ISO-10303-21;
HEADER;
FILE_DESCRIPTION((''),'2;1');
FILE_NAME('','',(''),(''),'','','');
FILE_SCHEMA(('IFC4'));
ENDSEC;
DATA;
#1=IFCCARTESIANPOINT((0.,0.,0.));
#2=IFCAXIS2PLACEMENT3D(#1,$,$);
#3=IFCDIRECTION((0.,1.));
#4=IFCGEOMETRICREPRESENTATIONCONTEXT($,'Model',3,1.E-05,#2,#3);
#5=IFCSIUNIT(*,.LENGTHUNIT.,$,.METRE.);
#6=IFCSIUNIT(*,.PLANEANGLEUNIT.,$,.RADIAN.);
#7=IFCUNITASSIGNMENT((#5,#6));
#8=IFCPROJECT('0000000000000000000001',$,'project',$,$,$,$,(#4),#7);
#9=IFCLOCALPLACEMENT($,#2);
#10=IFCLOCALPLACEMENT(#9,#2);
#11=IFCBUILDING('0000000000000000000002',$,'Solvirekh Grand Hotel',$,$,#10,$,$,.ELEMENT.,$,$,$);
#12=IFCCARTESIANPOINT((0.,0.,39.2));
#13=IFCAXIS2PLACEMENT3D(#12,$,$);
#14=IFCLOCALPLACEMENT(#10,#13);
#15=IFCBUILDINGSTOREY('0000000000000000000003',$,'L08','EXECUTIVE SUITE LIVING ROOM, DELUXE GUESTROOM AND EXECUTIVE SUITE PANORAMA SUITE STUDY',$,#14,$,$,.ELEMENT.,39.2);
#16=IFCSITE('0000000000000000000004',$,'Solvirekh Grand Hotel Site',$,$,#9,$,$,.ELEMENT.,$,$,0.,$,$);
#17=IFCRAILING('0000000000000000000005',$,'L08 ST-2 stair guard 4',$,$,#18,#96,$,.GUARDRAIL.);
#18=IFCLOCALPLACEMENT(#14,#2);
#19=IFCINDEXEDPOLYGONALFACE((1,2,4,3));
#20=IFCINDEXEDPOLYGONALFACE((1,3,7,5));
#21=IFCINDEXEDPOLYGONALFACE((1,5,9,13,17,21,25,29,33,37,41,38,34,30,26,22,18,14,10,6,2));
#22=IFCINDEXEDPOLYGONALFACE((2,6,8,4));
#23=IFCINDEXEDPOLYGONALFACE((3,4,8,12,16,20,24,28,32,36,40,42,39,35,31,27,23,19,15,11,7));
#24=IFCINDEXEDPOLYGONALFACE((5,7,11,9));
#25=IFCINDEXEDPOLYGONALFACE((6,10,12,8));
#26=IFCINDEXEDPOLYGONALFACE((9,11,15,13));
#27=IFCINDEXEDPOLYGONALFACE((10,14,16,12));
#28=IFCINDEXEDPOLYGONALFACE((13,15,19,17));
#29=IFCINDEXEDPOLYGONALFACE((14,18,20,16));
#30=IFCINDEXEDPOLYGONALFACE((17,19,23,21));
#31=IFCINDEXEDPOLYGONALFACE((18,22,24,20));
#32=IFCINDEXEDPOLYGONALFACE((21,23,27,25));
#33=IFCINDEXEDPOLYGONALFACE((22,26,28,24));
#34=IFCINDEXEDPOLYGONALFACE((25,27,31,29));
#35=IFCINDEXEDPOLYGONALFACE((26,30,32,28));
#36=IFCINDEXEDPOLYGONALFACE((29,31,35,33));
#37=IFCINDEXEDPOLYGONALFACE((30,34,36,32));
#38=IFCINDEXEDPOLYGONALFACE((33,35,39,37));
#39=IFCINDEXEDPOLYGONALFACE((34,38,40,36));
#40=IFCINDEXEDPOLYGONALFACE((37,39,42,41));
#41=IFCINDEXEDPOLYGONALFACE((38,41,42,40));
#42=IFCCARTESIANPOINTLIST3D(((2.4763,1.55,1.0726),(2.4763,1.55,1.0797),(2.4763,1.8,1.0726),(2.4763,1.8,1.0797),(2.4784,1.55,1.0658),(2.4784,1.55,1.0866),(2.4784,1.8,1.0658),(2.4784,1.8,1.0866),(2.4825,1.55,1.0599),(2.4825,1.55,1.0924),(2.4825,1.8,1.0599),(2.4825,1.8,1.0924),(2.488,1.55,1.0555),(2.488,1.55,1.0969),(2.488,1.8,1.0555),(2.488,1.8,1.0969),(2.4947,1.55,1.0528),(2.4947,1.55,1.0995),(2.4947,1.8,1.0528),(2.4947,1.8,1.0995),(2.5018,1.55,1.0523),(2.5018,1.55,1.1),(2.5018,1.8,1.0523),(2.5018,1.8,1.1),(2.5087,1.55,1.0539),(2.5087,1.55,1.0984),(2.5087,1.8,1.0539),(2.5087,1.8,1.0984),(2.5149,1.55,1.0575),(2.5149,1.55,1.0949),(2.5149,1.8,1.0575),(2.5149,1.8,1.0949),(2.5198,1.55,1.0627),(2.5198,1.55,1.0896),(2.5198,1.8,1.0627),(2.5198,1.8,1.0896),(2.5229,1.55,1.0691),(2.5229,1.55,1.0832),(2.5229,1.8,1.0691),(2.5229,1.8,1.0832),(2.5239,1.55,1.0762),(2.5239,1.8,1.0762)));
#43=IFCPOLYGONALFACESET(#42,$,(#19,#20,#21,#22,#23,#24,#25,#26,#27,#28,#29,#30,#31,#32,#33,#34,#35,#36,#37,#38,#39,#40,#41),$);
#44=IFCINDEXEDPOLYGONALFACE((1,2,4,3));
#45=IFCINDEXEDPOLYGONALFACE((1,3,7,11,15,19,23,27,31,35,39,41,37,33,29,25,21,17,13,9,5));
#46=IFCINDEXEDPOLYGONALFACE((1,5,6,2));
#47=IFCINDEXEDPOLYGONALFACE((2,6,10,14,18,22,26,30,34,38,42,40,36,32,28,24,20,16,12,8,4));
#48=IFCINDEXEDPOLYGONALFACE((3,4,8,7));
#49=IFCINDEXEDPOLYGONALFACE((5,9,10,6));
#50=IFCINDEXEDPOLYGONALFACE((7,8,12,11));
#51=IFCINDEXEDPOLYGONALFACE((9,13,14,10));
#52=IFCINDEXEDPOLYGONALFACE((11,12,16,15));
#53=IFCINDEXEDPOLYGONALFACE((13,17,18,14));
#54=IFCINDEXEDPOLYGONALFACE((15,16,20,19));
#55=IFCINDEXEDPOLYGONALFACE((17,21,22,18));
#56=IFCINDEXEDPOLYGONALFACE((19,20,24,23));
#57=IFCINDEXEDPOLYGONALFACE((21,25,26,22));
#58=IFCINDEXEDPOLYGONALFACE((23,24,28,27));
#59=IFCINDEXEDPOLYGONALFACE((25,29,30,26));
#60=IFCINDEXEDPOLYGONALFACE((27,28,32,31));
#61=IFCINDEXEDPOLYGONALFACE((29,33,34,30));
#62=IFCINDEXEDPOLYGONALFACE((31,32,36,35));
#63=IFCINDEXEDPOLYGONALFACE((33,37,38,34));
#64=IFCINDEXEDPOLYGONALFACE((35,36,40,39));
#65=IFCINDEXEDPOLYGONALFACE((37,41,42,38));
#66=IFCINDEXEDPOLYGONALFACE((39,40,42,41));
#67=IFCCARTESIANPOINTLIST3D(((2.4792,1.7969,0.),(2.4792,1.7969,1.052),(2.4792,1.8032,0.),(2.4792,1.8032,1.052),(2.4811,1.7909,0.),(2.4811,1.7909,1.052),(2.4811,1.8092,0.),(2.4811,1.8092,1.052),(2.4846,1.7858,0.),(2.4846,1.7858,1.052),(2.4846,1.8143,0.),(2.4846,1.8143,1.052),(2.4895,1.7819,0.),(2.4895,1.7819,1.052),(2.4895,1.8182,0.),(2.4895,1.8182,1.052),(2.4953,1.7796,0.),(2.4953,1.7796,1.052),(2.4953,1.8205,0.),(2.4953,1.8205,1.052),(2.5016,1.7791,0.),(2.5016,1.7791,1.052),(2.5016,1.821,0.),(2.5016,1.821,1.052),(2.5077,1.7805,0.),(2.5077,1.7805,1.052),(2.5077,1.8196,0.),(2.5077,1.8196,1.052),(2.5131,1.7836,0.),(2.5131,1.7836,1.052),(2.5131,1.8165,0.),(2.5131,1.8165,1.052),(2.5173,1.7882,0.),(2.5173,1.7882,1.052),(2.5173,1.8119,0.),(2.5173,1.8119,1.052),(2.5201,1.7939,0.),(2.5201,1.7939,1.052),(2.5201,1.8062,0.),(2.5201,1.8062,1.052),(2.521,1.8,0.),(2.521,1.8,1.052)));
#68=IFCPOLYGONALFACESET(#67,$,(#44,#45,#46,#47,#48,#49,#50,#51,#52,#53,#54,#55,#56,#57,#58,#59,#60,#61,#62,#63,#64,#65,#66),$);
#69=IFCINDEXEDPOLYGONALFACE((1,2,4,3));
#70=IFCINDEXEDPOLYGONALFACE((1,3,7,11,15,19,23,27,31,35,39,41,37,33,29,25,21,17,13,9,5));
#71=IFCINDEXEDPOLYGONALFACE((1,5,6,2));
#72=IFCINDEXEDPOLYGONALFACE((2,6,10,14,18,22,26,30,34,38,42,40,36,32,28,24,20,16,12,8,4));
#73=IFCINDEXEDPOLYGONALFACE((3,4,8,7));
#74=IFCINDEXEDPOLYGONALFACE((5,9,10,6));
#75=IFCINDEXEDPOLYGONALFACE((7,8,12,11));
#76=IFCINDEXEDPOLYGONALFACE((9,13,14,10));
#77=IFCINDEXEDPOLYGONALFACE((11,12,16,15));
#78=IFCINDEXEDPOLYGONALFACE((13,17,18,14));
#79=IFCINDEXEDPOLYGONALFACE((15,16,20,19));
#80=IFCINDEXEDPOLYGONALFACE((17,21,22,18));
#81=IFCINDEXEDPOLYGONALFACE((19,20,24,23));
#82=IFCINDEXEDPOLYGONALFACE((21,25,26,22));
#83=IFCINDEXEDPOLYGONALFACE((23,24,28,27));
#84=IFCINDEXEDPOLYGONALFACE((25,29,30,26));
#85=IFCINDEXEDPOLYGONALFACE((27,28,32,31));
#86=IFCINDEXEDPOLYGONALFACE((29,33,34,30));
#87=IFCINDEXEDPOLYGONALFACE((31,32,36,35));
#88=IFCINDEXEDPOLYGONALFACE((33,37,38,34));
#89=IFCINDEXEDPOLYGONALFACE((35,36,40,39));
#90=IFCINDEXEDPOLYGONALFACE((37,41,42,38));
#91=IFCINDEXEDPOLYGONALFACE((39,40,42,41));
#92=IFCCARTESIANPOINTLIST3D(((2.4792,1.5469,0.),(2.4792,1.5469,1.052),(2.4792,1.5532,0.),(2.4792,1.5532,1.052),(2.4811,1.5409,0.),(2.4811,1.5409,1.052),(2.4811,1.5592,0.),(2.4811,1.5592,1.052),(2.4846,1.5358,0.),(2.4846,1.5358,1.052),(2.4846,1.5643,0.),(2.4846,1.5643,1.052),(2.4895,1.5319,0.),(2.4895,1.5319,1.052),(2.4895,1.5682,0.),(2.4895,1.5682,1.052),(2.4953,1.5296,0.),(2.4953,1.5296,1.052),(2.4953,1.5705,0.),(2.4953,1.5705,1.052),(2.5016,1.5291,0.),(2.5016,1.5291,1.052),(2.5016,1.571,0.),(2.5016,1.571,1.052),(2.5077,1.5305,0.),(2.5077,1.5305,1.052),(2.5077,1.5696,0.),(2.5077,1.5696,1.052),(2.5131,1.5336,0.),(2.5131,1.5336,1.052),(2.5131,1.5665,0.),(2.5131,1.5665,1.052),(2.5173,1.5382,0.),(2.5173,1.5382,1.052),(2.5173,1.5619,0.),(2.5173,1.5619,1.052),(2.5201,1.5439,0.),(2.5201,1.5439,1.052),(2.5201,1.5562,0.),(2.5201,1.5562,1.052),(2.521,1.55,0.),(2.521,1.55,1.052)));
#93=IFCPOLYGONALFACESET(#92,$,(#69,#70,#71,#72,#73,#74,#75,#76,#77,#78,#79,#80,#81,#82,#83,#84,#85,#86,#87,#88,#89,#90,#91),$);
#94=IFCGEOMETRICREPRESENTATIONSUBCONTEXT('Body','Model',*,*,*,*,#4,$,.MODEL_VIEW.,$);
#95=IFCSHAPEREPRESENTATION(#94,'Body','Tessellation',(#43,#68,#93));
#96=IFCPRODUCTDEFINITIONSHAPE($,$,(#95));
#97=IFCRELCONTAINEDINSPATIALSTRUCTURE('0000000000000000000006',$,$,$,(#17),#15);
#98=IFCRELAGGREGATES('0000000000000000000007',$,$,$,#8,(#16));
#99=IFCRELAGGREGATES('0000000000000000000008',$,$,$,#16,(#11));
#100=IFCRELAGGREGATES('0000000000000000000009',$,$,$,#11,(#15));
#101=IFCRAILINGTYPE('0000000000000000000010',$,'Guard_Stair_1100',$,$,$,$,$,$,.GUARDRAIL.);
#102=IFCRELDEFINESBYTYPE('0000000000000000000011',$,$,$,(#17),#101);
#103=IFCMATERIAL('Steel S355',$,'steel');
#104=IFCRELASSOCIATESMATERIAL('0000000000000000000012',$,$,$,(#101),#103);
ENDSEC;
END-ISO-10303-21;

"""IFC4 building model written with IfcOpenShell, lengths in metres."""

from ifc_helpers import new_model, si_unit, direction, frame, origin, origin_2d, place, context, subcontext, project, spatial, circle, extrude, material, type_object, element, save


model = new_model("IFC4")

# Units and contexts
model_context = context("Model", 3, precision=1e-05, world=origin(), true_north=direction((0.0, 1.0)))
body_context = subcontext(model_context, "Body", "Model", "MODEL_VIEW")
ifc_project = project(units=[si_unit("LENGTHUNIT", "METRE"), si_unit("PLANEANGLEUNIT", "RADIAN")], contexts=[model_context])

# Site, building, storey
site_placement = place(None, origin())
site = spatial("IfcSite", under=ifc_project, at=site_placement, Name="Solvirekh Grand Hotel Site", CompositionType="ELEMENT", RefElevation=0.0)
building_placement = place(site_placement, origin())
building = spatial("IfcBuilding", under=site, at=building_placement, Name="Solvirekh Grand Hotel", CompositionType="ELEMENT")
storey_placement = place(building_placement, frame((0.0, 0.0, 39.2)))
storey = spatial("IfcBuildingStorey", under=building, at=storey_placement, Name="L08", Description="EXECUTIVE SUITE LIVING ROOM, DELUXE GUESTROOM AND EXECUTIVE SUITE PANORAMA SUITE STUDY", CompositionType="ELEMENT", Elevation=39.2)

# Shared definitions
ifc_material_1 = material(Name="Steel S355", Category="steel")

# Railing
railing_type_1 = type_object("IfcRailingType", Name="Guard_Stair_1100", PredefinedType="GUARDRAIL", material=ifc_material_1)
railing_1_placement = place(storey_placement, frame((2.5, 1.8, 0.0)))
element("IfcRailing", 1, at=railing_1_placement, inside=storey, type_object=railing_type_1, Name="L08 ST-2 stair guard 4", PredefinedType="GUARDRAIL", context=body_context, shape_type="SweptSolid", body=[
    extrude(circle(Radius=0.0239, at=origin_2d()), frame((0.0, 0.0, 1.0762), z_axis=(0.0, -1.0, 0.0), x_axis=(1.0, 0.0, 0.0)), (0.0, 0.0, 1.0), 0.25),
    extrude(circle(Radius=0.021, at=origin_2d()), origin(), (0.0, 0.0, 1.0), 1.052),
    extrude(circle(Radius=0.021, at=origin_2d()), frame((0.0, -0.25, 0.0)), (0.0, 0.0, 1.0), 1.052),
])

save(model, "model.ifc")
